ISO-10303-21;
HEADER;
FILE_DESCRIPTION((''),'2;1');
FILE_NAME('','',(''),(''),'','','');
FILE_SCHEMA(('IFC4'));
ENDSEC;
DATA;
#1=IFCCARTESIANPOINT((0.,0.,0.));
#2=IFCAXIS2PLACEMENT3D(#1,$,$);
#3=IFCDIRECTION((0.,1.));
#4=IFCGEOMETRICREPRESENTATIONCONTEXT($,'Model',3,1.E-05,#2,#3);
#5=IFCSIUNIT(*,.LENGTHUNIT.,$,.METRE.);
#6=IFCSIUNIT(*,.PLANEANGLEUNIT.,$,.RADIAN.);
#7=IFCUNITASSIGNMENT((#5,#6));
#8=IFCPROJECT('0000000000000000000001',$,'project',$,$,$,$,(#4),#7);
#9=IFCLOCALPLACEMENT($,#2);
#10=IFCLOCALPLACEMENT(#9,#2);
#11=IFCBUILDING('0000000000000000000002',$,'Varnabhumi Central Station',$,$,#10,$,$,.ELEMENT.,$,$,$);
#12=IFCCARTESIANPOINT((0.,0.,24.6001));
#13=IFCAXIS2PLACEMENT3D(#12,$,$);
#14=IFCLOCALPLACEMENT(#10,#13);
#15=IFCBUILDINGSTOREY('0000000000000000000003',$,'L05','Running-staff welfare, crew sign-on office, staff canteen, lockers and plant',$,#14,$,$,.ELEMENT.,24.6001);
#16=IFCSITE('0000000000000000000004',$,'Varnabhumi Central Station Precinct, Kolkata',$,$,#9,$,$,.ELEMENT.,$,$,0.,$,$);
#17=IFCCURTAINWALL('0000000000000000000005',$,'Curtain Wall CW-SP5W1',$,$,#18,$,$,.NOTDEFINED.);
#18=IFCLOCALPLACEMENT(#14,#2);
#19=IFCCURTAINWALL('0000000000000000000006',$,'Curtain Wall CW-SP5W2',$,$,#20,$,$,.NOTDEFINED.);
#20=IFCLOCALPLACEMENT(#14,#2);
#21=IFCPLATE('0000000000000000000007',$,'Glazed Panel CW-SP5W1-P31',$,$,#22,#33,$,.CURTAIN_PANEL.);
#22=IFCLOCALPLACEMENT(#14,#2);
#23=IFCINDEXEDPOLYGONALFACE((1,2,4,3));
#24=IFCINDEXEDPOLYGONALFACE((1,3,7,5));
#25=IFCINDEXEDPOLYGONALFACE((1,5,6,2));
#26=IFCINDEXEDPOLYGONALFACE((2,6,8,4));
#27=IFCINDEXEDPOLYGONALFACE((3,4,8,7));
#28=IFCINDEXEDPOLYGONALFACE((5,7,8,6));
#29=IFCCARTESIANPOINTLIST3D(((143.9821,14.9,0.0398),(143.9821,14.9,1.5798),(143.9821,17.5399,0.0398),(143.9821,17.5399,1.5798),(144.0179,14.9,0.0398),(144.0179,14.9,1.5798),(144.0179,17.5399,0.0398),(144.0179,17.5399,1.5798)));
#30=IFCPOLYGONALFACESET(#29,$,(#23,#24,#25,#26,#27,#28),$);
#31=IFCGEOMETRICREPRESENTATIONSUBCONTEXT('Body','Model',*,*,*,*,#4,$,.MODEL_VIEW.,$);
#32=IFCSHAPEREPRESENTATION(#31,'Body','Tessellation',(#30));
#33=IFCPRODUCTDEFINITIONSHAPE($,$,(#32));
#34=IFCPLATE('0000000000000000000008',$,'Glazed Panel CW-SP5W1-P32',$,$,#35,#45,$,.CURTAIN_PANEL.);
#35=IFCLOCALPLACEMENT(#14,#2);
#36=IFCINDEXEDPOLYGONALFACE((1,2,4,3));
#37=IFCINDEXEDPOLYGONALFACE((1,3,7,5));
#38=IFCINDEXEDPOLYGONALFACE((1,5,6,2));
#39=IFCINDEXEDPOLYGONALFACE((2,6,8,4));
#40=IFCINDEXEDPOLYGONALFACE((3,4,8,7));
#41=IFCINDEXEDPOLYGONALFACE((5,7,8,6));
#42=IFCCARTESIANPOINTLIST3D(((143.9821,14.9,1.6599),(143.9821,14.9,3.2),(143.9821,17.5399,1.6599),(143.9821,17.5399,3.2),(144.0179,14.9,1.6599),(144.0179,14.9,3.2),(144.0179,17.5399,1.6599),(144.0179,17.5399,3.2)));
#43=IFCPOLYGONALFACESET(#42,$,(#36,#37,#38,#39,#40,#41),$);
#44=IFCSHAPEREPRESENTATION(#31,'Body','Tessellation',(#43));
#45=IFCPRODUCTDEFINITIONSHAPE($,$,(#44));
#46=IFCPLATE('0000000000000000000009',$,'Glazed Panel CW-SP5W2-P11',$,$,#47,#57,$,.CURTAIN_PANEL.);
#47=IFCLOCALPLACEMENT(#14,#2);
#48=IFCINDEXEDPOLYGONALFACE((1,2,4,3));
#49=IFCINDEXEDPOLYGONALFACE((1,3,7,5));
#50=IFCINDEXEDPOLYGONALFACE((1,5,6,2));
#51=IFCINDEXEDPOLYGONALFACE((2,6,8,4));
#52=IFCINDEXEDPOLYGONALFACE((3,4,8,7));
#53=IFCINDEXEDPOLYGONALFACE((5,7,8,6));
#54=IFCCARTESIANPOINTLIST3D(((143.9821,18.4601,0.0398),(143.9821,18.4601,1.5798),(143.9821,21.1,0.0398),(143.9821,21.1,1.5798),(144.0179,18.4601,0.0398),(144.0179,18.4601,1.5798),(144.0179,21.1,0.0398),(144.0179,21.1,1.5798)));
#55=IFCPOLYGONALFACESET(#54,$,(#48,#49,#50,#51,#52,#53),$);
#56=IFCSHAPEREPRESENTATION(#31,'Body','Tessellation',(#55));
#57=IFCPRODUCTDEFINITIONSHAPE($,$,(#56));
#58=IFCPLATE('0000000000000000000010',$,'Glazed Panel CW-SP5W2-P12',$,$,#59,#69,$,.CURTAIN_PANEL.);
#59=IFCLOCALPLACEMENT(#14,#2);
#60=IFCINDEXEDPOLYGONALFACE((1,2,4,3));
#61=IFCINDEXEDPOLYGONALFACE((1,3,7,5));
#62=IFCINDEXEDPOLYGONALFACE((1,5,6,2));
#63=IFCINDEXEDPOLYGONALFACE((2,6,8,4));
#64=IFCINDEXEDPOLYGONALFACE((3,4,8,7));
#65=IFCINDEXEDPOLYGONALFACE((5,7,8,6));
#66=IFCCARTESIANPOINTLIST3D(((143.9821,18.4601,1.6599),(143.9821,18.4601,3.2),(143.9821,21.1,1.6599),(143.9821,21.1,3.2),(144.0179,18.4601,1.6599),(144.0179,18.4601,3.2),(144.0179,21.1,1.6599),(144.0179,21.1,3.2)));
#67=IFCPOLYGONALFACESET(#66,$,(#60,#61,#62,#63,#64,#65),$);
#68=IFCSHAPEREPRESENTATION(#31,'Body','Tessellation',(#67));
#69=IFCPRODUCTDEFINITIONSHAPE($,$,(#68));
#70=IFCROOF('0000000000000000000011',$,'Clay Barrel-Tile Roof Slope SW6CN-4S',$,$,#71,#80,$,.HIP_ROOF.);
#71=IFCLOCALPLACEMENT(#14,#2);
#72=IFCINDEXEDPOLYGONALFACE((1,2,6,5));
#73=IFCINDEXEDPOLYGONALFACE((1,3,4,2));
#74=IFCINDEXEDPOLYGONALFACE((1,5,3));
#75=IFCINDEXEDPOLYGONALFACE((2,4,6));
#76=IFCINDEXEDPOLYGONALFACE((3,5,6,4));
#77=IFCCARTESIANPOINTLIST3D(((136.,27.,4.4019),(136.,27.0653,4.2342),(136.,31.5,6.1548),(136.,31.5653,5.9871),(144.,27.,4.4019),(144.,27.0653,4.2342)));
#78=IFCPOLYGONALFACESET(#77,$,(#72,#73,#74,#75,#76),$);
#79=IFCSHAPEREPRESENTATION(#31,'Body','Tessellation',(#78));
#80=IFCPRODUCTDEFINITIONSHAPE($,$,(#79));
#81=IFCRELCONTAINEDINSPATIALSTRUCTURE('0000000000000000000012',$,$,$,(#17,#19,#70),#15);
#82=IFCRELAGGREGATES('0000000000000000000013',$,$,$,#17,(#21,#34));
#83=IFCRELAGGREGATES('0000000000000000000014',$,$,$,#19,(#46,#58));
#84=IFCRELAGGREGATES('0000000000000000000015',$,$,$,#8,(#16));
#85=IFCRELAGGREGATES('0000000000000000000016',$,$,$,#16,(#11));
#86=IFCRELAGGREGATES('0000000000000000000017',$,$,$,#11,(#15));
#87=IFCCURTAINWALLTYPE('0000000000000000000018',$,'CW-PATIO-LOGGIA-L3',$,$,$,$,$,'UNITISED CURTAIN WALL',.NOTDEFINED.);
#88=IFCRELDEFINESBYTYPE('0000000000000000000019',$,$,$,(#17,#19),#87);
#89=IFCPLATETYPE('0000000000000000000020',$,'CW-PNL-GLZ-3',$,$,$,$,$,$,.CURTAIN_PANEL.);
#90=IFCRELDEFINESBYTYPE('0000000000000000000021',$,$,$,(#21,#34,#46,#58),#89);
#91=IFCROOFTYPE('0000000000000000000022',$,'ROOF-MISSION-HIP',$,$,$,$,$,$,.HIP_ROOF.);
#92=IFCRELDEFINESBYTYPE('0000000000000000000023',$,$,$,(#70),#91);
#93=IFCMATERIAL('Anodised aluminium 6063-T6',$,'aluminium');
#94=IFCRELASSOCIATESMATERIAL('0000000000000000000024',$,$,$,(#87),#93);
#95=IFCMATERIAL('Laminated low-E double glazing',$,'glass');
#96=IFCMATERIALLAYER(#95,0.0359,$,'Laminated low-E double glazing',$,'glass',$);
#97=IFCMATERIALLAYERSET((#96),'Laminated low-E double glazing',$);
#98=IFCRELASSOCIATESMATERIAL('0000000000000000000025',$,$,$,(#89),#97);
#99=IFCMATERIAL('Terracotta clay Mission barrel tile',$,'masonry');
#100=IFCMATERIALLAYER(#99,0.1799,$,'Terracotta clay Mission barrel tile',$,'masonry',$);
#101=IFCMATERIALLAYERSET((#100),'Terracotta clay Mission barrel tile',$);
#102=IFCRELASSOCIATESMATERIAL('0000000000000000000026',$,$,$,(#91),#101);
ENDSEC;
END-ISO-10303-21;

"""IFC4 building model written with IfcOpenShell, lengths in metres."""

from ifc_helpers import new_model, si_unit, direction, frame, origin, origin_2d, place, context, subcontext, project, spatial, polyline, rectangle, outline, extrude, material, layer, layer_set, type_object, element, aggregate, save


model = new_model("IFC4")

# Units and contexts
model_context = context("Model", 3, precision=1e-05, world=origin(), true_north=direction((0.0, 1.0)))
body_context = subcontext(model_context, "Body", "Model", "MODEL_VIEW")
ifc_project = project(units=[si_unit("LENGTHUNIT", "METRE"), si_unit("PLANEANGLEUNIT", "RADIAN")], contexts=[model_context])

# Site, building, storey
site_placement = place(None, origin())
site = spatial("IfcSite", under=ifc_project, at=site_placement, Name="Varnabhumi Central Station Precinct, Kolkata", CompositionType="ELEMENT", RefElevation=0.0)
building_placement = place(site_placement, origin())
building = spatial("IfcBuilding", under=site, at=building_placement, Name="Varnabhumi Central Station", CompositionType="ELEMENT")
storey_placement = place(building_placement, frame((0.0, 0.0, 24.6001)))
storey = spatial("IfcBuildingStorey", under=building, at=storey_placement, Name="L05", Description="Running-staff welfare, crew sign-on office, staff canteen, lockers and plant", CompositionType="ELEMENT", Elevation=24.6001)

# Curtain walls
ifc_material_1 = material(Name="Anodised aluminium 6063-T6", Category="aluminium")
curtain_wall_type = type_object("IfcCurtainWallType", Name="CW-PATIO-LOGGIA-L3", ElementType="UNITISED CURTAIN WALL", PredefinedType="NOTDEFINED", material=ifc_material_1)
curtain_wall_1_placement = place(storey_placement, origin())
curtain_wall_1 = element("IfcCurtainWall", 1, at=curtain_wall_1_placement, inside=storey, type_object=curtain_wall_type, Name="Curtain Wall CW-SP5W1", PredefinedType="NOTDEFINED")
curtain_wall_2_placement = place(storey_placement, origin())
curtain_wall_2 = element("IfcCurtainWall", 2, at=curtain_wall_2_placement, inside=storey, type_object=curtain_wall_type, Name="Curtain Wall CW-SP5W2", PredefinedType="NOTDEFINED")

# Plates
ifc_material_2 = material(Name="Laminated low-E double glazing", Category="glass")
ifc_layer_1 = layer(ifc_material_2, 0.0359, Name="Laminated low-E double glazing", Category="glass")
ifc_layer_set_1 = layer_set([ifc_layer_1], Name="Laminated low-E double glazing")
plate_type = type_object("IfcPlateType", Name="CW-PNL-GLZ-3", PredefinedType="CURTAIN_PANEL", material=ifc_layer_set_1)
plate_1_placement = place(storey_placement, frame((144.0, 16.22, 0.0398), z_axis=(0.0, 0.0, 1.0), x_axis=(0.0, 1.0, 0.0)))
plate_1 = element("IfcPlate", 3, at=plate_1_placement, type_object=plate_type, Name="Glazed Panel CW-SP5W1-P31", PredefinedType="CURTAIN_PANEL", context=body_context, shape_type="SweptSolid", body=[
    extrude(rectangle(XDim=2.6399, YDim=0.0359, at=origin_2d()), origin(), (0.0, 0.0, 1.0), 1.54),
])
plate_2_placement = place(storey_placement, frame((144.0, 16.22, 1.6599), z_axis=(0.0, 0.0, 1.0), x_axis=(0.0, 1.0, 0.0)))
plate_2 = element("IfcPlate", 4, at=plate_2_placement, type_object=plate_type, Name="Glazed Panel CW-SP5W1-P32", PredefinedType="CURTAIN_PANEL", context=body_context, shape_type="SweptSolid", body=[
    extrude(rectangle(XDim=2.6399, YDim=0.0359, at=origin_2d()), origin(), (0.0, 0.0, 1.0), 1.54),
])
aggregate(curtain_wall_1, [plate_1, plate_2])
plate_3_placement = place(storey_placement, frame((144.0, 19.78, 0.0398), z_axis=(0.0, 0.0, 1.0), x_axis=(0.0, 1.0, 0.0)))
plate_3 = element("IfcPlate", 5, at=plate_3_placement, type_object=plate_type, Name="Glazed Panel CW-SP5W2-P11", PredefinedType="CURTAIN_PANEL", context=body_context, shape_type="SweptSolid", body=[
    extrude(rectangle(XDim=2.6399, YDim=0.0359, at=origin_2d()), origin(), (0.0, 0.0, 1.0), 1.54),
])
plate_4_placement = place(storey_placement, frame((144.0, 19.78, 1.6599), z_axis=(0.0, 0.0, 1.0), x_axis=(0.0, 1.0, 0.0)))
plate_4 = element("IfcPlate", 6, at=plate_4_placement, type_object=plate_type, Name="Glazed Panel CW-SP5W2-P12", PredefinedType="CURTAIN_PANEL", context=body_context, shape_type="SweptSolid", body=[
    extrude(rectangle(XDim=2.6399, YDim=0.0359, at=origin_2d()), origin(), (0.0, 0.0, 1.0), 1.54),
])
aggregate(curtain_wall_2, [plate_3, plate_4])

# Roof
ifc_material_3 = material(Name="Terracotta clay Mission barrel tile", Category="masonry")
ifc_layer_2 = layer(ifc_material_3, 0.1799, Name="Terracotta clay Mission barrel tile", Category="masonry")
ifc_layer_set_2 = layer_set([ifc_layer_2], Name="Terracotta clay Mission barrel tile")
roof_type = type_object("IfcRoofType", Name="ROOF-MISSION-HIP", PredefinedType="HIP_ROOF", material=ifc_layer_set_2)
roof_placement = place(storey_placement, frame((136.0, 27.0, 4.4019), z_axis=(0.0, -0.362973, 0.9318), x_axis=(1.0, 0.0, 0.0)))
element("IfcRoof", 7, at=roof_placement, inside=storey, type_object=roof_type, Name="Clay Barrel-Tile Roof Slope SW6CN-4S", PredefinedType="HIP_ROOF", context=body_context, shape_type="SweptSolid", body=[
    extrude(outline(polyline([(0.0, 0.0), (8.0, 0.0), (0.0, 4.8294), (0.0, 0.0)])), origin(), (0.0, 0.0, -1.0), 0.1799),
])

save(model, "model.ifc")
